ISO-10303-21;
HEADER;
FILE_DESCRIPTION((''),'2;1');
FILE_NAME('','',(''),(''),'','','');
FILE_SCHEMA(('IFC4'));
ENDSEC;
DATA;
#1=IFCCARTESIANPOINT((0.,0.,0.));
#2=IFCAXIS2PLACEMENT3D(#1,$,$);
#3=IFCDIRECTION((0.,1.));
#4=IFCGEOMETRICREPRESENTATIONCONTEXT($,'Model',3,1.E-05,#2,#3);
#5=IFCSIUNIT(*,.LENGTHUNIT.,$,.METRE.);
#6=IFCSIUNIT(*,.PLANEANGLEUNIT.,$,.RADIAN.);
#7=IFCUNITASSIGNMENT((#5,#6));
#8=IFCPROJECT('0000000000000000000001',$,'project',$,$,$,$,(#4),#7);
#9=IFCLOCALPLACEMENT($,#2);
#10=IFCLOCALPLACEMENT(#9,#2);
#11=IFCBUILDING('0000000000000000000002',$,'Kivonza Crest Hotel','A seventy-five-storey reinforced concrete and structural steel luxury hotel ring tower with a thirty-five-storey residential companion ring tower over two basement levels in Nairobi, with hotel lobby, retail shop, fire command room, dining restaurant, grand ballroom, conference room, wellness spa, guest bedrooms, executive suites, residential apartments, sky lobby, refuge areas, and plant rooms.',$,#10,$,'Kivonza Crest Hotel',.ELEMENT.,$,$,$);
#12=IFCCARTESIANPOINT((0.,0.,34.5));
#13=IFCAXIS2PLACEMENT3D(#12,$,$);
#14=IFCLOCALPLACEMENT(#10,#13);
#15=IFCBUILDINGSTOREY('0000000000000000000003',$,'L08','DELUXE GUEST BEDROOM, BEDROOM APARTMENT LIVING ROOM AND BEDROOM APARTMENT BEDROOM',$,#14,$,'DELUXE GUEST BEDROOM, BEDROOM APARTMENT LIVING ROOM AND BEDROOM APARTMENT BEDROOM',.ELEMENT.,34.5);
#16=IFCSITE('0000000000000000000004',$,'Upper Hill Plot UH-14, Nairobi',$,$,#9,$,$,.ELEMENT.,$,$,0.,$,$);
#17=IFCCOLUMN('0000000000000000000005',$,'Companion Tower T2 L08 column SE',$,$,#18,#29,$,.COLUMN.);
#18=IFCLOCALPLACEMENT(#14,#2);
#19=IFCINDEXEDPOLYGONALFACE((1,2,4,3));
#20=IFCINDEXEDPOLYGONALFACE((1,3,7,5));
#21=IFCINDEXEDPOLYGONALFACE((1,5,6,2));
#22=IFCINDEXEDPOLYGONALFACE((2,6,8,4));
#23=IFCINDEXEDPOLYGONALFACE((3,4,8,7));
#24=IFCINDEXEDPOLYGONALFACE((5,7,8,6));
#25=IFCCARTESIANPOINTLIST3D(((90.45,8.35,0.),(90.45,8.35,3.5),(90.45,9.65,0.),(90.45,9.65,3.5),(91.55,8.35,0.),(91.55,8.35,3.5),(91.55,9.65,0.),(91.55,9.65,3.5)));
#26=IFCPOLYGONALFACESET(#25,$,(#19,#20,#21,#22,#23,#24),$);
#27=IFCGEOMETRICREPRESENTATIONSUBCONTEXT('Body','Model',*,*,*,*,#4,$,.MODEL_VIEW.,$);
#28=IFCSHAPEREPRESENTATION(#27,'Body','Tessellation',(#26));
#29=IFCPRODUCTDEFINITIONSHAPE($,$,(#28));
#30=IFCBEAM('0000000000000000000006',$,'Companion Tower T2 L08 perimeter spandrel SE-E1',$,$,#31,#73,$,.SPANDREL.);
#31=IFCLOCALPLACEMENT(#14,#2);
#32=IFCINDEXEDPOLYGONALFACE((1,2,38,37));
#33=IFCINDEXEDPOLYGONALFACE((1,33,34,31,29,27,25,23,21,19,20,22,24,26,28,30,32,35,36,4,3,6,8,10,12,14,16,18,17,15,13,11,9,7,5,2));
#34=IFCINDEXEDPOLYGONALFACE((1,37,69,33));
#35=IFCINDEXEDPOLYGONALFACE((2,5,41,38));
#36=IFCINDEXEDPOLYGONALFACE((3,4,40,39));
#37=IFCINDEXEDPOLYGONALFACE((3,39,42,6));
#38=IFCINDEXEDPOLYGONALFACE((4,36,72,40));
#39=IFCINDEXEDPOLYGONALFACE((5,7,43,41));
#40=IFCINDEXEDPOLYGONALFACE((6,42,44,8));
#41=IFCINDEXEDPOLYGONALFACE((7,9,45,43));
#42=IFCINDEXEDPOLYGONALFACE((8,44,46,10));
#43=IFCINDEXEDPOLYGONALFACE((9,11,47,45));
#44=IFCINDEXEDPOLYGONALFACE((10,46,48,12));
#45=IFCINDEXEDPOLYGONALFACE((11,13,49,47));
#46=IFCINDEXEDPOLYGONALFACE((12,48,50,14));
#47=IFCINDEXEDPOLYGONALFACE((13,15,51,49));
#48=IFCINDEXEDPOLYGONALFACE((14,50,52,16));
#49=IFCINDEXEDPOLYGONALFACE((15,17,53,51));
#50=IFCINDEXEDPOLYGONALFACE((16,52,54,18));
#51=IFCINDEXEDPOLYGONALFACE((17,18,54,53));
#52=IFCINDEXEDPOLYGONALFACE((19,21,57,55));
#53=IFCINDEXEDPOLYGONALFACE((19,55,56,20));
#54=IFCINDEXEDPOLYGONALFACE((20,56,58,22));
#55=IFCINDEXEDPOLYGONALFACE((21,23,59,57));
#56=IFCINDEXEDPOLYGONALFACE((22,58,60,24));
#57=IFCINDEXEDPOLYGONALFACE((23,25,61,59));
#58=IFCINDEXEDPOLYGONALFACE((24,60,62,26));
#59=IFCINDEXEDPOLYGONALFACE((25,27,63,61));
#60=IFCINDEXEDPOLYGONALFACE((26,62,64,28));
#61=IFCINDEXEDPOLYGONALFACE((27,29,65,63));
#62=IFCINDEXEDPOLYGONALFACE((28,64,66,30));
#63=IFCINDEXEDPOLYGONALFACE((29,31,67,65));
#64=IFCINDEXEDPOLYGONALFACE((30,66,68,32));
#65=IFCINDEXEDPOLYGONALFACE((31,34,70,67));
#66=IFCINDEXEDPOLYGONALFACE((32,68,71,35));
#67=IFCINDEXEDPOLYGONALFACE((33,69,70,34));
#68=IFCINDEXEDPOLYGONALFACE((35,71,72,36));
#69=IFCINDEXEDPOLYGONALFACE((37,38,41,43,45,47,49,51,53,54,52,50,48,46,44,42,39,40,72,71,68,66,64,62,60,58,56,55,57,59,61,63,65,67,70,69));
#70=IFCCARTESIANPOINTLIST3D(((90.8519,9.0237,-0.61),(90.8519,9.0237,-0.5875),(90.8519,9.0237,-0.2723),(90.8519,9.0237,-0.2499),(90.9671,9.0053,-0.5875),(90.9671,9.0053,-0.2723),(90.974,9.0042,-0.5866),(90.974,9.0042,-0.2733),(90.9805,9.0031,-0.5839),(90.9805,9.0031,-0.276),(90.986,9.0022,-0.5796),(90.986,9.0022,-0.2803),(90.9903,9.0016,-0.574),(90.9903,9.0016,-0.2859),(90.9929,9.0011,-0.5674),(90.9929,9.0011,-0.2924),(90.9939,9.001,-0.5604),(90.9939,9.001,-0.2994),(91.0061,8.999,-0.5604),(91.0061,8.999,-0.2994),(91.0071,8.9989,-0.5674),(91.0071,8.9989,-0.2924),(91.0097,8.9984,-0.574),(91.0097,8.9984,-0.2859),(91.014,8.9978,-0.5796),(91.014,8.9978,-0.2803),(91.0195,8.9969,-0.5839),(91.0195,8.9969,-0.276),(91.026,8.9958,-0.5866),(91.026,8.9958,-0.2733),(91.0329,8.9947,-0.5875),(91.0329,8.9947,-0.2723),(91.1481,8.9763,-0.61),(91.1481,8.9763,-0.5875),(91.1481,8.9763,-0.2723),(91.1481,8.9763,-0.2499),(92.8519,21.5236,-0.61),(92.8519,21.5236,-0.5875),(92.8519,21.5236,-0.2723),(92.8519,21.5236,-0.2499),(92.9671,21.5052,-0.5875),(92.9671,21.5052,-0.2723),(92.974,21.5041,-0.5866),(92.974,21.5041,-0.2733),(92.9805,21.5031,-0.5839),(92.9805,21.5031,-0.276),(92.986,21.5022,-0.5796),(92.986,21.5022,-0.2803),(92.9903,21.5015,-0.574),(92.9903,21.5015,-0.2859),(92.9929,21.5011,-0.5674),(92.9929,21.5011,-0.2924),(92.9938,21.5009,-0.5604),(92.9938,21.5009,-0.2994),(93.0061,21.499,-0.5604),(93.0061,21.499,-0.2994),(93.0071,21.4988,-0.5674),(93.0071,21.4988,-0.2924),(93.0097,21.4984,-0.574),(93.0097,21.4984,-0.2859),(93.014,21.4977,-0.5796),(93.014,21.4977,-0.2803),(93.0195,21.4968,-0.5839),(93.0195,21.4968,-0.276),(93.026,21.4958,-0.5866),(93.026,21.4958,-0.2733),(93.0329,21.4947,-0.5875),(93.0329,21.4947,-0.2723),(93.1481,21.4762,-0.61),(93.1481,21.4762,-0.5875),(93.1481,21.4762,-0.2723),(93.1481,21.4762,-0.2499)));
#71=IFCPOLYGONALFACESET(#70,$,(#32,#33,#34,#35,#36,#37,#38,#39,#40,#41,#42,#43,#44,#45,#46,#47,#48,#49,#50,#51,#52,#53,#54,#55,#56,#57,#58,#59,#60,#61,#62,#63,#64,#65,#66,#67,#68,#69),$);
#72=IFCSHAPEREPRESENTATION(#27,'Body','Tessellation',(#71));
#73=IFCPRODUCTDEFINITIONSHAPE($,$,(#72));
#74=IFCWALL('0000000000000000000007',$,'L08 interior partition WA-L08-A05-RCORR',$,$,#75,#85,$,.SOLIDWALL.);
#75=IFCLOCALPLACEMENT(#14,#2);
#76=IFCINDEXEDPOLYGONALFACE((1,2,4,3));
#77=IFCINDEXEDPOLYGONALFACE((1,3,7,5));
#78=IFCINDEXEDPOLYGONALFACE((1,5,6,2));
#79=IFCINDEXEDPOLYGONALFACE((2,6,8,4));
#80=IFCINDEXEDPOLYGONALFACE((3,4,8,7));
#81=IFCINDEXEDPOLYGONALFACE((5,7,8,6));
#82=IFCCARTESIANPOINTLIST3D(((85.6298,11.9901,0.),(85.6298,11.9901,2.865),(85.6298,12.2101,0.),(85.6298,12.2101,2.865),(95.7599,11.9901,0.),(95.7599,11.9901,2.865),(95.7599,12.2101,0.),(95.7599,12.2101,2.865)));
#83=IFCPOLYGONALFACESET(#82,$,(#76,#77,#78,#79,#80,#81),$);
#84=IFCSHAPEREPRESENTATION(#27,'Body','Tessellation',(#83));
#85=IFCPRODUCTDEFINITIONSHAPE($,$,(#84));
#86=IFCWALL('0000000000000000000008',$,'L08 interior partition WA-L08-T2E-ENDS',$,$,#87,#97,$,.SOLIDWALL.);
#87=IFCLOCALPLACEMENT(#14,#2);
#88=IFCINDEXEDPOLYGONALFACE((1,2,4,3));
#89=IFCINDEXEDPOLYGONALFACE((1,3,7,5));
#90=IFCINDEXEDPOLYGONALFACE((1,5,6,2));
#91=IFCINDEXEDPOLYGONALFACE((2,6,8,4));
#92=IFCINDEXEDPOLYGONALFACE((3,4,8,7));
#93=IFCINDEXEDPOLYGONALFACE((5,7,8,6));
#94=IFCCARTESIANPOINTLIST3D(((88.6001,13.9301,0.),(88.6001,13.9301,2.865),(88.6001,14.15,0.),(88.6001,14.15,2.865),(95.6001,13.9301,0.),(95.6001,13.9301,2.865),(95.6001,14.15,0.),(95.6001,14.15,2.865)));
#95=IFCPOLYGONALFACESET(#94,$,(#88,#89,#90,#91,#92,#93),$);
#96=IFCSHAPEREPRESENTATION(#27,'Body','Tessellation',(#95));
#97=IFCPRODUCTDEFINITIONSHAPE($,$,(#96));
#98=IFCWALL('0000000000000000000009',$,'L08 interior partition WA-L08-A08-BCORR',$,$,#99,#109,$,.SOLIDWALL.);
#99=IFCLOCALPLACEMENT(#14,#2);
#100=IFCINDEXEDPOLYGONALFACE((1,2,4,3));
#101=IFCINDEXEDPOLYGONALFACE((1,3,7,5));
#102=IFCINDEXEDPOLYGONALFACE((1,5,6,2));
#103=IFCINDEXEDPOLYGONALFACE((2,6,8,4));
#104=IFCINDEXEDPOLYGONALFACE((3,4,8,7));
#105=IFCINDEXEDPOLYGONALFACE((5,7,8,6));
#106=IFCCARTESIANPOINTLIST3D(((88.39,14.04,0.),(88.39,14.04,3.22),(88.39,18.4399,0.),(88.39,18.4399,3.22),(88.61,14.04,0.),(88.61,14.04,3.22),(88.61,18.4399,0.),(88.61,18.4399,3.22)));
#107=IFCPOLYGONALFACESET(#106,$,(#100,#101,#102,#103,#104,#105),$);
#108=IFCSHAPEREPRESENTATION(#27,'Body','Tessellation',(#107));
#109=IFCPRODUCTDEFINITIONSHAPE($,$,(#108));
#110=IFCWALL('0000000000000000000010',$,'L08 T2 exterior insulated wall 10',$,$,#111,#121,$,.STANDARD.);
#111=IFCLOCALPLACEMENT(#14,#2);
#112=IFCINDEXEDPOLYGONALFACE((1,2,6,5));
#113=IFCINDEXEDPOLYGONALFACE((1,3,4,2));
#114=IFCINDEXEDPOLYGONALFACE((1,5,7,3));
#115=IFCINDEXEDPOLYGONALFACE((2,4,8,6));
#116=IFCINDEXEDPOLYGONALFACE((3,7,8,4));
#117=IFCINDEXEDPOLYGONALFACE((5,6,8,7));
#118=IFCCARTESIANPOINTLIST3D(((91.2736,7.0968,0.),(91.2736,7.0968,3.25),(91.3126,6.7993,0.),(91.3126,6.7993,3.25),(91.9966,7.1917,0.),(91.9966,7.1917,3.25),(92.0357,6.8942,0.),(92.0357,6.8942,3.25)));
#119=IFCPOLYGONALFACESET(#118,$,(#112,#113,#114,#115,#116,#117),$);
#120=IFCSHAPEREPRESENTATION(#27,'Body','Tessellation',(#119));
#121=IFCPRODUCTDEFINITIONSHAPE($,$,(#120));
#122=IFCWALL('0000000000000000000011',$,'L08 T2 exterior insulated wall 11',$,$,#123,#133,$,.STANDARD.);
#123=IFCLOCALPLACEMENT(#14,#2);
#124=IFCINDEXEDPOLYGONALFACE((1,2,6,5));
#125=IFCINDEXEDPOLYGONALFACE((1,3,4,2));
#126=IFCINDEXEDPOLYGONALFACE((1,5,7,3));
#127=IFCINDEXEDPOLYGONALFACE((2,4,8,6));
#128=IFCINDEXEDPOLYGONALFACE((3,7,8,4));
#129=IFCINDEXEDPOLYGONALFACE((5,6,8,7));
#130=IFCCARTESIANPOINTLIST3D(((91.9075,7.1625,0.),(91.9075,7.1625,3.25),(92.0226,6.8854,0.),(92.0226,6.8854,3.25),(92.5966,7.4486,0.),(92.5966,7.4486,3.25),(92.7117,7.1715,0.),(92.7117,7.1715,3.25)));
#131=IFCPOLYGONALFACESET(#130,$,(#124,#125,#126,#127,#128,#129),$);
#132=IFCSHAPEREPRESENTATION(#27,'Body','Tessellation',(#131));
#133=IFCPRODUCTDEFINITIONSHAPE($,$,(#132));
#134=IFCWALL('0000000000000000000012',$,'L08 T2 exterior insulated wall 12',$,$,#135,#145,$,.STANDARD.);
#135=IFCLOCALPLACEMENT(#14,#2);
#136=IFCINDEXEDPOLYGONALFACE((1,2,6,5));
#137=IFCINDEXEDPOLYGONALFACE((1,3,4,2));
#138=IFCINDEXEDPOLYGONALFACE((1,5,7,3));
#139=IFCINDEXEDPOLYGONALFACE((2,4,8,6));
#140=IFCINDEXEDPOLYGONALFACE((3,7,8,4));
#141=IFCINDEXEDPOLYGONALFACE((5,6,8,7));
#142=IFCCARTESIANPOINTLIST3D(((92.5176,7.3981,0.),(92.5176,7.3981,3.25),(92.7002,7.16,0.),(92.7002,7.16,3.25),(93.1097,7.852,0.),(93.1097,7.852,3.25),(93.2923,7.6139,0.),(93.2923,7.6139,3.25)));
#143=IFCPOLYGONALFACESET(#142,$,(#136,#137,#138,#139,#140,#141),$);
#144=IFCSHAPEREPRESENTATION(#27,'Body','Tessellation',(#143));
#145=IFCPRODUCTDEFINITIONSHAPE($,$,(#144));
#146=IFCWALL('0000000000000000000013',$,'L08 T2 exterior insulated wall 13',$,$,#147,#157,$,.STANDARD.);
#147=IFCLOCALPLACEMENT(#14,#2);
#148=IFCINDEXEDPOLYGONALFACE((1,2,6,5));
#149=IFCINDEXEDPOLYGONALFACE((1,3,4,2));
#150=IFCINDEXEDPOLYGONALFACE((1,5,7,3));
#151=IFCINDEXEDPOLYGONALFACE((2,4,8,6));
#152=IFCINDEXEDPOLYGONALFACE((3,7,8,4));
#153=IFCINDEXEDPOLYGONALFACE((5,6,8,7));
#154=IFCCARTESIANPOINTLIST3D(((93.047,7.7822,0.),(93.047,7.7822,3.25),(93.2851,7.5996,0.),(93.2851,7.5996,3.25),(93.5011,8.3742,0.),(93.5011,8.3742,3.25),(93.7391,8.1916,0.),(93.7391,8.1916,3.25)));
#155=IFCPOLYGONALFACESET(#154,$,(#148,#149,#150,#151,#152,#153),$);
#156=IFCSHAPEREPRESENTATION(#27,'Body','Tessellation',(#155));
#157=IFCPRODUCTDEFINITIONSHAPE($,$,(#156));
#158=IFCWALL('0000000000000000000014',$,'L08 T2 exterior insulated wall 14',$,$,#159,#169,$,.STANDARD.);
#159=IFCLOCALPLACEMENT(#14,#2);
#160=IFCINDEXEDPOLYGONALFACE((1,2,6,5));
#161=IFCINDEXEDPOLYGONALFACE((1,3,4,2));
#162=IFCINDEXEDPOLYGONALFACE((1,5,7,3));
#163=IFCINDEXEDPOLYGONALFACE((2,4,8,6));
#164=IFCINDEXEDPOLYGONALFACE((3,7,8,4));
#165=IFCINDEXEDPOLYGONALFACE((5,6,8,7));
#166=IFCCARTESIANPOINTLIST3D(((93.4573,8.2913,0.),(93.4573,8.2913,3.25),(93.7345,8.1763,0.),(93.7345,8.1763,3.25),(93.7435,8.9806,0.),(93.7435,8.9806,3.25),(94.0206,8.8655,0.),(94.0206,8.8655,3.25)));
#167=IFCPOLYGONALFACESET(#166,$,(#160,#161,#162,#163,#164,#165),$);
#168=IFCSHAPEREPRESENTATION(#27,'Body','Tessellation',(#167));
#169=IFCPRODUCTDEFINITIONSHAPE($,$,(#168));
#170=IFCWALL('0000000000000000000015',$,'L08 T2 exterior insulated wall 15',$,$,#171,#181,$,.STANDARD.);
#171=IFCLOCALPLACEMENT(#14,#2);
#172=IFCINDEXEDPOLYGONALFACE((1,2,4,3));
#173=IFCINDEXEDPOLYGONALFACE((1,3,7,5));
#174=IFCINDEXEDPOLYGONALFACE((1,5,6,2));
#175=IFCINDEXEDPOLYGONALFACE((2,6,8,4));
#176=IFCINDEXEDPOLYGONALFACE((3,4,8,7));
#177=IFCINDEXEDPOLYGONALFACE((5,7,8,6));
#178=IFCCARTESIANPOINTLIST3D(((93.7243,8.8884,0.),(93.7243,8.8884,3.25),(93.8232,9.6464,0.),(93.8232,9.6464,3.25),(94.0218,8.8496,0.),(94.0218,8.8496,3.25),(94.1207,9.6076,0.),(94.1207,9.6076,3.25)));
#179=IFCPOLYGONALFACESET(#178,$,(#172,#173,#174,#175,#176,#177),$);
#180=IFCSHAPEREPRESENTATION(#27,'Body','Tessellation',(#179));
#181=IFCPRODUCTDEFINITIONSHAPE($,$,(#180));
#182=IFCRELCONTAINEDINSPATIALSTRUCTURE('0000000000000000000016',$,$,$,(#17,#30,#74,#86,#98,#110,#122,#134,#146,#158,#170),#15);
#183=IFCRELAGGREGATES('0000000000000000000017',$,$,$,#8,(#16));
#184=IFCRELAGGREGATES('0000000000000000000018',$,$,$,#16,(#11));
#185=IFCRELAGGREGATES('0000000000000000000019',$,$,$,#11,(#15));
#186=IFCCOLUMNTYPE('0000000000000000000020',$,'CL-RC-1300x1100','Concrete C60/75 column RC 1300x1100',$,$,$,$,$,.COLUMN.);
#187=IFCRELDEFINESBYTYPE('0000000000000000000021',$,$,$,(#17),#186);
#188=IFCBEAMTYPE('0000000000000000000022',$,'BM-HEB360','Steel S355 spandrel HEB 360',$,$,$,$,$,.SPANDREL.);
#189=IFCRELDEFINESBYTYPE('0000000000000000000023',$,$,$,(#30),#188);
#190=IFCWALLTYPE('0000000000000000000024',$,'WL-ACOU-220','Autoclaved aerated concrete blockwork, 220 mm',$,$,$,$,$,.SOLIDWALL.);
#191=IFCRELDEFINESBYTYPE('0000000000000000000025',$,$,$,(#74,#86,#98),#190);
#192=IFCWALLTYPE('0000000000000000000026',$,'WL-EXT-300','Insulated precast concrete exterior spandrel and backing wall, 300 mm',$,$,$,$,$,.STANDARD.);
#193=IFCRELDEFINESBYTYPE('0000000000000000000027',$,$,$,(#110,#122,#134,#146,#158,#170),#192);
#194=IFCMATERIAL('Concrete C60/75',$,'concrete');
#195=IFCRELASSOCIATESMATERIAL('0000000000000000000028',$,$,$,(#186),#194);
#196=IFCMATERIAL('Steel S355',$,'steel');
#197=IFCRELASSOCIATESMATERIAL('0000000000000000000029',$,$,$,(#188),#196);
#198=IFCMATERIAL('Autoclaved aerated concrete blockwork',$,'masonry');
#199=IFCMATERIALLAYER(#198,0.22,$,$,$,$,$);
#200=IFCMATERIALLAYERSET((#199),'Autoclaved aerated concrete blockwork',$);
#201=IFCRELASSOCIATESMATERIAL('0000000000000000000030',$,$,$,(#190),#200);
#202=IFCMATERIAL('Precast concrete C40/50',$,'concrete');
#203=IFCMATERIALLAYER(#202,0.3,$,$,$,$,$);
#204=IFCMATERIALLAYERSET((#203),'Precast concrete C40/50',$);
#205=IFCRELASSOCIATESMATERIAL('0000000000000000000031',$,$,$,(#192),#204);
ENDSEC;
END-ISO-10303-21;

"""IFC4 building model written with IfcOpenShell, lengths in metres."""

from ifc_helpers import new_model, si_unit, direction, frame, frame_2d, origin, origin_2d, place, context, subcontext, project, spatial, rectangle, i_section, extrude, material, layer, layer_set, material_profile, profile_set, type_object, element, save


model = new_model("IFC4")

# Units and contexts
model_context = context("Model", 3, precision=1e-05, world=origin(), true_north=direction((0.0, 1.0)))
body_context = subcontext(model_context, "Body", "Model", "MODEL_VIEW")
ifc_project = project(units=[si_unit("LENGTHUNIT", "METRE"), si_unit("PLANEANGLEUNIT", "RADIAN")], contexts=[model_context])

# Site, building, storey
site_placement = place(None, origin())
site = spatial("IfcSite", under=ifc_project, at=site_placement, Name="Upper Hill Plot UH-14, Nairobi", CompositionType="ELEMENT", RefElevation=0.0)
building_placement = place(site_placement, origin())
building = spatial("IfcBuilding", under=site, at=building_placement, Name="Kivonza Crest Hotel", Description="A seventy-five-storey reinforced concrete and structural steel luxury hotel ring tower with a thirty-five-storey residential companion ring tower over two basement levels in Nairobi, with hotel lobby, retail shop, fire command room, dining restaurant, grand ballroom, conference room, wellness spa, guest bedrooms, executive suites, residential apartments, sky lobby, refuge areas, and plant rooms.", LongName="Kivonza Crest Hotel", CompositionType="ELEMENT")
storey_placement = place(building_placement, frame((0.0, 0.0, 34.5)))
storey = spatial("IfcBuildingStorey", under=building, at=storey_placement, Name="L08", Description="DELUXE GUEST BEDROOM, BEDROOM APARTMENT LIVING ROOM AND BEDROOM APARTMENT BEDROOM", LongName="DELUXE GUEST BEDROOM, BEDROOM APARTMENT LIVING ROOM AND BEDROOM APARTMENT BEDROOM", CompositionType="ELEMENT", Elevation=34.5)

# Column
ifc_material_1 = material(Name="Concrete C60/75", Category="concrete")
ifc_material_profile_1 = material_profile(ifc_material_1, rectangle(XDim=1.1001, YDim=1.3, at=origin_2d()), Name="RC 1300x1100")
ifc_profile_set_1 = profile_set([ifc_material_profile_1], Name="Concrete C60/75")
column_type = type_object("IfcColumnType", Name="CL-RC-1300x1100", Description="Concrete C60/75 column RC 1300x1100", PredefinedType="COLUMN", material=ifc_profile_set_1)
column_placement = place(storey_placement, frame((91.0, 9.0, 0.0), z_axis=(0.0, 0.0, 1.0), x_axis=(1.0, 0.0, 0.0)))
element("IfcColumn", 1, at=column_placement, inside=storey, type_object=column_type, Name="Companion Tower T2 L08 column SE", PredefinedType="COLUMN", context=body_context, shape_type="SweptSolid", body=[
    extrude(rectangle(XDim=1.1001, YDim=1.3, at=origin_2d()), origin(), (0.0, 0.0, 1.0), 3.5),
])

# Beam
ifc_material_2 = material(Name="Steel S355", Category="steel")
ifc_material_profile_2 = material_profile(ifc_material_2, i_section(OverallWidth=0.3, OverallDepth=0.3601, WebThickness=0.0125, FlangeThickness=0.0225, FilletRadius=0.0271, at=origin_2d()), Name="HEB 360")
ifc_profile_set_2 = profile_set([ifc_material_profile_2], Name="Steel S355")
beam_type = type_object("IfcBeamType", Name="BM-HEB360", Description="Steel S355 spandrel HEB 360", PredefinedType="SPANDREL", material=ifc_profile_set_2)
beam_placement = place(storey_placement, frame((91.0, 9.0, -0.4299), z_axis=(0.157991, 0.987441, 0.0), x_axis=(-0.987441, 0.157991, 0.0)))
element("IfcBeam", 2, at=beam_placement, inside=storey, type_object=beam_type, Name="Companion Tower T2 L08 perimeter spandrel SE-E1", PredefinedType="SPANDREL", context=body_context, shape_type="SweptSolid", body=[
    extrude(i_section(OverallWidth=0.3, OverallDepth=0.3601, WebThickness=0.0125, FlangeThickness=0.0225, FilletRadius=0.0271, at=origin_2d()), origin(), (0.0, 0.0, 1.0), 12.6589),
])

# Walls
ifc_material_3 = material(Name="Autoclaved aerated concrete blockwork", Category="masonry")
ifc_layer_1 = layer(ifc_material_3, 0.22)
ifc_layer_set_1 = layer_set([ifc_layer_1], Name="Autoclaved aerated concrete blockwork")
wall_type_1 = type_object("IfcWallType", Name="WL-ACOU-220", Description="Autoclaved aerated concrete blockwork, 220 mm", PredefinedType="SOLIDWALL", material=ifc_layer_set_1)
wall_1_placement = place(storey_placement, frame((85.6299, 12.1001, 0.0), z_axis=(0.0, 0.0, 1.0), x_axis=(1.0, 0.0, 0.0)))
element("IfcWall", 3, at=wall_1_placement, inside=storey, type_object=wall_type_1, Name="L08 interior partition WA-L08-A05-RCORR", PredefinedType="SOLIDWALL", context=body_context, shape_type="SweptSolid", body=[
    extrude(rectangle(XDim=10.1301, YDim=0.22, at=frame_2d((5.0649, 0.0))), origin(), (0.0, 0.0, 1.0), 2.865),
])
wall_2_placement = place(storey_placement, frame((88.6001, 14.04, 0.0), z_axis=(0.0, 0.0, 1.0), x_axis=(1.0, 0.0, 0.0)))
element("IfcWall", 4, at=wall_2_placement, inside=storey, type_object=wall_type_1, Name="L08 interior partition WA-L08-T2E-ENDS", PredefinedType="SOLIDWALL", context=body_context, shape_type="SweptSolid", body=[
    extrude(rectangle(XDim=7.0, YDim=0.22, at=frame_2d((3.5, 0.0))), origin(), (0.0, 0.0, 1.0), 2.865),
])
wall_3_placement = place(storey_placement, frame((88.5, 14.04, 0.0), z_axis=(0.0, 0.0, 1.0), x_axis=(0.0, 1.0, 0.0)))
element("IfcWall", 5, at=wall_3_placement, inside=storey, type_object=wall_type_1, Name="L08 interior partition WA-L08-A08-BCORR", PredefinedType="SOLIDWALL", context=body_context, shape_type="SweptSolid", body=[
    extrude(rectangle(XDim=4.3999, YDim=0.22, at=frame_2d((2.2, 0.0))), origin(), (0.0, 0.0, 1.0), 3.22),
])
ifc_material_4 = material(Name="Precast concrete C40/50", Category="concrete")
ifc_layer_2 = layer(ifc_material_4, 0.3)
ifc_layer_set_2 = layer_set([ifc_layer_2], Name="Precast concrete C40/50")
wall_type_2 = type_object("IfcWallType", Name="WL-EXT-300", Description="Insulated precast concrete exterior spandrel and backing wall, 300 mm", PredefinedType="STANDARD", material=ifc_layer_set_2)
wall_4_placement = place(storey_placement, frame((91.293, 6.948, 0.0), z_axis=(0.0, 0.0, 1.0), x_axis=(0.991486, 0.130212, 0.0)))
element("IfcWall", 6, at=wall_4_placement, inside=storey, type_object=wall_type_2, Name="L08 T2 exterior insulated wall 10", PredefinedType="STANDARD", context=body_context, shape_type="SweptSolid", body=[
    extrude(rectangle(XDim=0.7292, YDim=0.3, at=frame_2d((0.3647, 0.0))), origin(), (0.0, 0.0, 1.0), 3.25),
])
for number, where, z_axis, x_axis, name in (
    (7, (91.9651, 7.0239, 0.0), (0.0, 0.0, 1.0), (0.923522, 0.383546, 0.0), "L08 T2 exterior insulated wall 11"),
    (8, (92.6089, 7.2791, 0.0), (0.0, 0.0, 1.0), (0.793633, 0.608397, 0.0), "L08 T2 exterior insulated wall 12"),
    (9, (93.166, 7.6909, 0.0), (0.0, 0.0, 1.0), (0.608603, 0.793475, 0.0), "L08 T2 exterior insulated wall 13"),
):
    element("IfcWall", number, at=place(storey_placement, frame(where, z_axis=z_axis, x_axis=x_axis)), inside=storey, type_object=wall_type_2, Name=name, PredefinedType="STANDARD", context=body_context, shape_type="SweptSolid", body=[
        extrude(rectangle(XDim=0.7461, YDim=0.3, at=frame_2d((0.373, 0.0))), origin(), (0.0, 0.0, 1.0), 3.25),
    ])
wall_5_placement = place(storey_placement, frame((93.5959, 8.2339, 0.0), z_axis=(0.0, 0.0, 1.0), x_axis=(0.38343, 0.92357, 0.0)))
element("IfcWall", 10, at=wall_5_placement, inside=storey, type_object=wall_type_2, Name="L08 T2 exterior insulated wall 14", PredefinedType="STANDARD", context=body_context, shape_type="SweptSolid", body=[
    extrude(rectangle(XDim=0.7463, YDim=0.3, at=frame_2d((0.373, 0.0))), origin(), (0.0, 0.0, 1.0), 3.25),
])
wall_6_placement = place(storey_placement, frame((93.873, 8.8689, 0.0), z_axis=(0.0, 0.0, 1.0), x_axis=(0.129339, 0.9916, 0.0)))
element("IfcWall", 11, at=wall_6_placement, inside=storey, type_object=wall_type_2, Name="L08 T2 exterior insulated wall 15", PredefinedType="STANDARD", context=body_context, shape_type="SweptSolid", body=[
    extrude(rectangle(XDim=0.7644, YDim=0.3, at=frame_2d((0.3823, 0.0))), origin(), (0.0, 0.0, 1.0), 3.25),
])

save(model, "model.ifc")
